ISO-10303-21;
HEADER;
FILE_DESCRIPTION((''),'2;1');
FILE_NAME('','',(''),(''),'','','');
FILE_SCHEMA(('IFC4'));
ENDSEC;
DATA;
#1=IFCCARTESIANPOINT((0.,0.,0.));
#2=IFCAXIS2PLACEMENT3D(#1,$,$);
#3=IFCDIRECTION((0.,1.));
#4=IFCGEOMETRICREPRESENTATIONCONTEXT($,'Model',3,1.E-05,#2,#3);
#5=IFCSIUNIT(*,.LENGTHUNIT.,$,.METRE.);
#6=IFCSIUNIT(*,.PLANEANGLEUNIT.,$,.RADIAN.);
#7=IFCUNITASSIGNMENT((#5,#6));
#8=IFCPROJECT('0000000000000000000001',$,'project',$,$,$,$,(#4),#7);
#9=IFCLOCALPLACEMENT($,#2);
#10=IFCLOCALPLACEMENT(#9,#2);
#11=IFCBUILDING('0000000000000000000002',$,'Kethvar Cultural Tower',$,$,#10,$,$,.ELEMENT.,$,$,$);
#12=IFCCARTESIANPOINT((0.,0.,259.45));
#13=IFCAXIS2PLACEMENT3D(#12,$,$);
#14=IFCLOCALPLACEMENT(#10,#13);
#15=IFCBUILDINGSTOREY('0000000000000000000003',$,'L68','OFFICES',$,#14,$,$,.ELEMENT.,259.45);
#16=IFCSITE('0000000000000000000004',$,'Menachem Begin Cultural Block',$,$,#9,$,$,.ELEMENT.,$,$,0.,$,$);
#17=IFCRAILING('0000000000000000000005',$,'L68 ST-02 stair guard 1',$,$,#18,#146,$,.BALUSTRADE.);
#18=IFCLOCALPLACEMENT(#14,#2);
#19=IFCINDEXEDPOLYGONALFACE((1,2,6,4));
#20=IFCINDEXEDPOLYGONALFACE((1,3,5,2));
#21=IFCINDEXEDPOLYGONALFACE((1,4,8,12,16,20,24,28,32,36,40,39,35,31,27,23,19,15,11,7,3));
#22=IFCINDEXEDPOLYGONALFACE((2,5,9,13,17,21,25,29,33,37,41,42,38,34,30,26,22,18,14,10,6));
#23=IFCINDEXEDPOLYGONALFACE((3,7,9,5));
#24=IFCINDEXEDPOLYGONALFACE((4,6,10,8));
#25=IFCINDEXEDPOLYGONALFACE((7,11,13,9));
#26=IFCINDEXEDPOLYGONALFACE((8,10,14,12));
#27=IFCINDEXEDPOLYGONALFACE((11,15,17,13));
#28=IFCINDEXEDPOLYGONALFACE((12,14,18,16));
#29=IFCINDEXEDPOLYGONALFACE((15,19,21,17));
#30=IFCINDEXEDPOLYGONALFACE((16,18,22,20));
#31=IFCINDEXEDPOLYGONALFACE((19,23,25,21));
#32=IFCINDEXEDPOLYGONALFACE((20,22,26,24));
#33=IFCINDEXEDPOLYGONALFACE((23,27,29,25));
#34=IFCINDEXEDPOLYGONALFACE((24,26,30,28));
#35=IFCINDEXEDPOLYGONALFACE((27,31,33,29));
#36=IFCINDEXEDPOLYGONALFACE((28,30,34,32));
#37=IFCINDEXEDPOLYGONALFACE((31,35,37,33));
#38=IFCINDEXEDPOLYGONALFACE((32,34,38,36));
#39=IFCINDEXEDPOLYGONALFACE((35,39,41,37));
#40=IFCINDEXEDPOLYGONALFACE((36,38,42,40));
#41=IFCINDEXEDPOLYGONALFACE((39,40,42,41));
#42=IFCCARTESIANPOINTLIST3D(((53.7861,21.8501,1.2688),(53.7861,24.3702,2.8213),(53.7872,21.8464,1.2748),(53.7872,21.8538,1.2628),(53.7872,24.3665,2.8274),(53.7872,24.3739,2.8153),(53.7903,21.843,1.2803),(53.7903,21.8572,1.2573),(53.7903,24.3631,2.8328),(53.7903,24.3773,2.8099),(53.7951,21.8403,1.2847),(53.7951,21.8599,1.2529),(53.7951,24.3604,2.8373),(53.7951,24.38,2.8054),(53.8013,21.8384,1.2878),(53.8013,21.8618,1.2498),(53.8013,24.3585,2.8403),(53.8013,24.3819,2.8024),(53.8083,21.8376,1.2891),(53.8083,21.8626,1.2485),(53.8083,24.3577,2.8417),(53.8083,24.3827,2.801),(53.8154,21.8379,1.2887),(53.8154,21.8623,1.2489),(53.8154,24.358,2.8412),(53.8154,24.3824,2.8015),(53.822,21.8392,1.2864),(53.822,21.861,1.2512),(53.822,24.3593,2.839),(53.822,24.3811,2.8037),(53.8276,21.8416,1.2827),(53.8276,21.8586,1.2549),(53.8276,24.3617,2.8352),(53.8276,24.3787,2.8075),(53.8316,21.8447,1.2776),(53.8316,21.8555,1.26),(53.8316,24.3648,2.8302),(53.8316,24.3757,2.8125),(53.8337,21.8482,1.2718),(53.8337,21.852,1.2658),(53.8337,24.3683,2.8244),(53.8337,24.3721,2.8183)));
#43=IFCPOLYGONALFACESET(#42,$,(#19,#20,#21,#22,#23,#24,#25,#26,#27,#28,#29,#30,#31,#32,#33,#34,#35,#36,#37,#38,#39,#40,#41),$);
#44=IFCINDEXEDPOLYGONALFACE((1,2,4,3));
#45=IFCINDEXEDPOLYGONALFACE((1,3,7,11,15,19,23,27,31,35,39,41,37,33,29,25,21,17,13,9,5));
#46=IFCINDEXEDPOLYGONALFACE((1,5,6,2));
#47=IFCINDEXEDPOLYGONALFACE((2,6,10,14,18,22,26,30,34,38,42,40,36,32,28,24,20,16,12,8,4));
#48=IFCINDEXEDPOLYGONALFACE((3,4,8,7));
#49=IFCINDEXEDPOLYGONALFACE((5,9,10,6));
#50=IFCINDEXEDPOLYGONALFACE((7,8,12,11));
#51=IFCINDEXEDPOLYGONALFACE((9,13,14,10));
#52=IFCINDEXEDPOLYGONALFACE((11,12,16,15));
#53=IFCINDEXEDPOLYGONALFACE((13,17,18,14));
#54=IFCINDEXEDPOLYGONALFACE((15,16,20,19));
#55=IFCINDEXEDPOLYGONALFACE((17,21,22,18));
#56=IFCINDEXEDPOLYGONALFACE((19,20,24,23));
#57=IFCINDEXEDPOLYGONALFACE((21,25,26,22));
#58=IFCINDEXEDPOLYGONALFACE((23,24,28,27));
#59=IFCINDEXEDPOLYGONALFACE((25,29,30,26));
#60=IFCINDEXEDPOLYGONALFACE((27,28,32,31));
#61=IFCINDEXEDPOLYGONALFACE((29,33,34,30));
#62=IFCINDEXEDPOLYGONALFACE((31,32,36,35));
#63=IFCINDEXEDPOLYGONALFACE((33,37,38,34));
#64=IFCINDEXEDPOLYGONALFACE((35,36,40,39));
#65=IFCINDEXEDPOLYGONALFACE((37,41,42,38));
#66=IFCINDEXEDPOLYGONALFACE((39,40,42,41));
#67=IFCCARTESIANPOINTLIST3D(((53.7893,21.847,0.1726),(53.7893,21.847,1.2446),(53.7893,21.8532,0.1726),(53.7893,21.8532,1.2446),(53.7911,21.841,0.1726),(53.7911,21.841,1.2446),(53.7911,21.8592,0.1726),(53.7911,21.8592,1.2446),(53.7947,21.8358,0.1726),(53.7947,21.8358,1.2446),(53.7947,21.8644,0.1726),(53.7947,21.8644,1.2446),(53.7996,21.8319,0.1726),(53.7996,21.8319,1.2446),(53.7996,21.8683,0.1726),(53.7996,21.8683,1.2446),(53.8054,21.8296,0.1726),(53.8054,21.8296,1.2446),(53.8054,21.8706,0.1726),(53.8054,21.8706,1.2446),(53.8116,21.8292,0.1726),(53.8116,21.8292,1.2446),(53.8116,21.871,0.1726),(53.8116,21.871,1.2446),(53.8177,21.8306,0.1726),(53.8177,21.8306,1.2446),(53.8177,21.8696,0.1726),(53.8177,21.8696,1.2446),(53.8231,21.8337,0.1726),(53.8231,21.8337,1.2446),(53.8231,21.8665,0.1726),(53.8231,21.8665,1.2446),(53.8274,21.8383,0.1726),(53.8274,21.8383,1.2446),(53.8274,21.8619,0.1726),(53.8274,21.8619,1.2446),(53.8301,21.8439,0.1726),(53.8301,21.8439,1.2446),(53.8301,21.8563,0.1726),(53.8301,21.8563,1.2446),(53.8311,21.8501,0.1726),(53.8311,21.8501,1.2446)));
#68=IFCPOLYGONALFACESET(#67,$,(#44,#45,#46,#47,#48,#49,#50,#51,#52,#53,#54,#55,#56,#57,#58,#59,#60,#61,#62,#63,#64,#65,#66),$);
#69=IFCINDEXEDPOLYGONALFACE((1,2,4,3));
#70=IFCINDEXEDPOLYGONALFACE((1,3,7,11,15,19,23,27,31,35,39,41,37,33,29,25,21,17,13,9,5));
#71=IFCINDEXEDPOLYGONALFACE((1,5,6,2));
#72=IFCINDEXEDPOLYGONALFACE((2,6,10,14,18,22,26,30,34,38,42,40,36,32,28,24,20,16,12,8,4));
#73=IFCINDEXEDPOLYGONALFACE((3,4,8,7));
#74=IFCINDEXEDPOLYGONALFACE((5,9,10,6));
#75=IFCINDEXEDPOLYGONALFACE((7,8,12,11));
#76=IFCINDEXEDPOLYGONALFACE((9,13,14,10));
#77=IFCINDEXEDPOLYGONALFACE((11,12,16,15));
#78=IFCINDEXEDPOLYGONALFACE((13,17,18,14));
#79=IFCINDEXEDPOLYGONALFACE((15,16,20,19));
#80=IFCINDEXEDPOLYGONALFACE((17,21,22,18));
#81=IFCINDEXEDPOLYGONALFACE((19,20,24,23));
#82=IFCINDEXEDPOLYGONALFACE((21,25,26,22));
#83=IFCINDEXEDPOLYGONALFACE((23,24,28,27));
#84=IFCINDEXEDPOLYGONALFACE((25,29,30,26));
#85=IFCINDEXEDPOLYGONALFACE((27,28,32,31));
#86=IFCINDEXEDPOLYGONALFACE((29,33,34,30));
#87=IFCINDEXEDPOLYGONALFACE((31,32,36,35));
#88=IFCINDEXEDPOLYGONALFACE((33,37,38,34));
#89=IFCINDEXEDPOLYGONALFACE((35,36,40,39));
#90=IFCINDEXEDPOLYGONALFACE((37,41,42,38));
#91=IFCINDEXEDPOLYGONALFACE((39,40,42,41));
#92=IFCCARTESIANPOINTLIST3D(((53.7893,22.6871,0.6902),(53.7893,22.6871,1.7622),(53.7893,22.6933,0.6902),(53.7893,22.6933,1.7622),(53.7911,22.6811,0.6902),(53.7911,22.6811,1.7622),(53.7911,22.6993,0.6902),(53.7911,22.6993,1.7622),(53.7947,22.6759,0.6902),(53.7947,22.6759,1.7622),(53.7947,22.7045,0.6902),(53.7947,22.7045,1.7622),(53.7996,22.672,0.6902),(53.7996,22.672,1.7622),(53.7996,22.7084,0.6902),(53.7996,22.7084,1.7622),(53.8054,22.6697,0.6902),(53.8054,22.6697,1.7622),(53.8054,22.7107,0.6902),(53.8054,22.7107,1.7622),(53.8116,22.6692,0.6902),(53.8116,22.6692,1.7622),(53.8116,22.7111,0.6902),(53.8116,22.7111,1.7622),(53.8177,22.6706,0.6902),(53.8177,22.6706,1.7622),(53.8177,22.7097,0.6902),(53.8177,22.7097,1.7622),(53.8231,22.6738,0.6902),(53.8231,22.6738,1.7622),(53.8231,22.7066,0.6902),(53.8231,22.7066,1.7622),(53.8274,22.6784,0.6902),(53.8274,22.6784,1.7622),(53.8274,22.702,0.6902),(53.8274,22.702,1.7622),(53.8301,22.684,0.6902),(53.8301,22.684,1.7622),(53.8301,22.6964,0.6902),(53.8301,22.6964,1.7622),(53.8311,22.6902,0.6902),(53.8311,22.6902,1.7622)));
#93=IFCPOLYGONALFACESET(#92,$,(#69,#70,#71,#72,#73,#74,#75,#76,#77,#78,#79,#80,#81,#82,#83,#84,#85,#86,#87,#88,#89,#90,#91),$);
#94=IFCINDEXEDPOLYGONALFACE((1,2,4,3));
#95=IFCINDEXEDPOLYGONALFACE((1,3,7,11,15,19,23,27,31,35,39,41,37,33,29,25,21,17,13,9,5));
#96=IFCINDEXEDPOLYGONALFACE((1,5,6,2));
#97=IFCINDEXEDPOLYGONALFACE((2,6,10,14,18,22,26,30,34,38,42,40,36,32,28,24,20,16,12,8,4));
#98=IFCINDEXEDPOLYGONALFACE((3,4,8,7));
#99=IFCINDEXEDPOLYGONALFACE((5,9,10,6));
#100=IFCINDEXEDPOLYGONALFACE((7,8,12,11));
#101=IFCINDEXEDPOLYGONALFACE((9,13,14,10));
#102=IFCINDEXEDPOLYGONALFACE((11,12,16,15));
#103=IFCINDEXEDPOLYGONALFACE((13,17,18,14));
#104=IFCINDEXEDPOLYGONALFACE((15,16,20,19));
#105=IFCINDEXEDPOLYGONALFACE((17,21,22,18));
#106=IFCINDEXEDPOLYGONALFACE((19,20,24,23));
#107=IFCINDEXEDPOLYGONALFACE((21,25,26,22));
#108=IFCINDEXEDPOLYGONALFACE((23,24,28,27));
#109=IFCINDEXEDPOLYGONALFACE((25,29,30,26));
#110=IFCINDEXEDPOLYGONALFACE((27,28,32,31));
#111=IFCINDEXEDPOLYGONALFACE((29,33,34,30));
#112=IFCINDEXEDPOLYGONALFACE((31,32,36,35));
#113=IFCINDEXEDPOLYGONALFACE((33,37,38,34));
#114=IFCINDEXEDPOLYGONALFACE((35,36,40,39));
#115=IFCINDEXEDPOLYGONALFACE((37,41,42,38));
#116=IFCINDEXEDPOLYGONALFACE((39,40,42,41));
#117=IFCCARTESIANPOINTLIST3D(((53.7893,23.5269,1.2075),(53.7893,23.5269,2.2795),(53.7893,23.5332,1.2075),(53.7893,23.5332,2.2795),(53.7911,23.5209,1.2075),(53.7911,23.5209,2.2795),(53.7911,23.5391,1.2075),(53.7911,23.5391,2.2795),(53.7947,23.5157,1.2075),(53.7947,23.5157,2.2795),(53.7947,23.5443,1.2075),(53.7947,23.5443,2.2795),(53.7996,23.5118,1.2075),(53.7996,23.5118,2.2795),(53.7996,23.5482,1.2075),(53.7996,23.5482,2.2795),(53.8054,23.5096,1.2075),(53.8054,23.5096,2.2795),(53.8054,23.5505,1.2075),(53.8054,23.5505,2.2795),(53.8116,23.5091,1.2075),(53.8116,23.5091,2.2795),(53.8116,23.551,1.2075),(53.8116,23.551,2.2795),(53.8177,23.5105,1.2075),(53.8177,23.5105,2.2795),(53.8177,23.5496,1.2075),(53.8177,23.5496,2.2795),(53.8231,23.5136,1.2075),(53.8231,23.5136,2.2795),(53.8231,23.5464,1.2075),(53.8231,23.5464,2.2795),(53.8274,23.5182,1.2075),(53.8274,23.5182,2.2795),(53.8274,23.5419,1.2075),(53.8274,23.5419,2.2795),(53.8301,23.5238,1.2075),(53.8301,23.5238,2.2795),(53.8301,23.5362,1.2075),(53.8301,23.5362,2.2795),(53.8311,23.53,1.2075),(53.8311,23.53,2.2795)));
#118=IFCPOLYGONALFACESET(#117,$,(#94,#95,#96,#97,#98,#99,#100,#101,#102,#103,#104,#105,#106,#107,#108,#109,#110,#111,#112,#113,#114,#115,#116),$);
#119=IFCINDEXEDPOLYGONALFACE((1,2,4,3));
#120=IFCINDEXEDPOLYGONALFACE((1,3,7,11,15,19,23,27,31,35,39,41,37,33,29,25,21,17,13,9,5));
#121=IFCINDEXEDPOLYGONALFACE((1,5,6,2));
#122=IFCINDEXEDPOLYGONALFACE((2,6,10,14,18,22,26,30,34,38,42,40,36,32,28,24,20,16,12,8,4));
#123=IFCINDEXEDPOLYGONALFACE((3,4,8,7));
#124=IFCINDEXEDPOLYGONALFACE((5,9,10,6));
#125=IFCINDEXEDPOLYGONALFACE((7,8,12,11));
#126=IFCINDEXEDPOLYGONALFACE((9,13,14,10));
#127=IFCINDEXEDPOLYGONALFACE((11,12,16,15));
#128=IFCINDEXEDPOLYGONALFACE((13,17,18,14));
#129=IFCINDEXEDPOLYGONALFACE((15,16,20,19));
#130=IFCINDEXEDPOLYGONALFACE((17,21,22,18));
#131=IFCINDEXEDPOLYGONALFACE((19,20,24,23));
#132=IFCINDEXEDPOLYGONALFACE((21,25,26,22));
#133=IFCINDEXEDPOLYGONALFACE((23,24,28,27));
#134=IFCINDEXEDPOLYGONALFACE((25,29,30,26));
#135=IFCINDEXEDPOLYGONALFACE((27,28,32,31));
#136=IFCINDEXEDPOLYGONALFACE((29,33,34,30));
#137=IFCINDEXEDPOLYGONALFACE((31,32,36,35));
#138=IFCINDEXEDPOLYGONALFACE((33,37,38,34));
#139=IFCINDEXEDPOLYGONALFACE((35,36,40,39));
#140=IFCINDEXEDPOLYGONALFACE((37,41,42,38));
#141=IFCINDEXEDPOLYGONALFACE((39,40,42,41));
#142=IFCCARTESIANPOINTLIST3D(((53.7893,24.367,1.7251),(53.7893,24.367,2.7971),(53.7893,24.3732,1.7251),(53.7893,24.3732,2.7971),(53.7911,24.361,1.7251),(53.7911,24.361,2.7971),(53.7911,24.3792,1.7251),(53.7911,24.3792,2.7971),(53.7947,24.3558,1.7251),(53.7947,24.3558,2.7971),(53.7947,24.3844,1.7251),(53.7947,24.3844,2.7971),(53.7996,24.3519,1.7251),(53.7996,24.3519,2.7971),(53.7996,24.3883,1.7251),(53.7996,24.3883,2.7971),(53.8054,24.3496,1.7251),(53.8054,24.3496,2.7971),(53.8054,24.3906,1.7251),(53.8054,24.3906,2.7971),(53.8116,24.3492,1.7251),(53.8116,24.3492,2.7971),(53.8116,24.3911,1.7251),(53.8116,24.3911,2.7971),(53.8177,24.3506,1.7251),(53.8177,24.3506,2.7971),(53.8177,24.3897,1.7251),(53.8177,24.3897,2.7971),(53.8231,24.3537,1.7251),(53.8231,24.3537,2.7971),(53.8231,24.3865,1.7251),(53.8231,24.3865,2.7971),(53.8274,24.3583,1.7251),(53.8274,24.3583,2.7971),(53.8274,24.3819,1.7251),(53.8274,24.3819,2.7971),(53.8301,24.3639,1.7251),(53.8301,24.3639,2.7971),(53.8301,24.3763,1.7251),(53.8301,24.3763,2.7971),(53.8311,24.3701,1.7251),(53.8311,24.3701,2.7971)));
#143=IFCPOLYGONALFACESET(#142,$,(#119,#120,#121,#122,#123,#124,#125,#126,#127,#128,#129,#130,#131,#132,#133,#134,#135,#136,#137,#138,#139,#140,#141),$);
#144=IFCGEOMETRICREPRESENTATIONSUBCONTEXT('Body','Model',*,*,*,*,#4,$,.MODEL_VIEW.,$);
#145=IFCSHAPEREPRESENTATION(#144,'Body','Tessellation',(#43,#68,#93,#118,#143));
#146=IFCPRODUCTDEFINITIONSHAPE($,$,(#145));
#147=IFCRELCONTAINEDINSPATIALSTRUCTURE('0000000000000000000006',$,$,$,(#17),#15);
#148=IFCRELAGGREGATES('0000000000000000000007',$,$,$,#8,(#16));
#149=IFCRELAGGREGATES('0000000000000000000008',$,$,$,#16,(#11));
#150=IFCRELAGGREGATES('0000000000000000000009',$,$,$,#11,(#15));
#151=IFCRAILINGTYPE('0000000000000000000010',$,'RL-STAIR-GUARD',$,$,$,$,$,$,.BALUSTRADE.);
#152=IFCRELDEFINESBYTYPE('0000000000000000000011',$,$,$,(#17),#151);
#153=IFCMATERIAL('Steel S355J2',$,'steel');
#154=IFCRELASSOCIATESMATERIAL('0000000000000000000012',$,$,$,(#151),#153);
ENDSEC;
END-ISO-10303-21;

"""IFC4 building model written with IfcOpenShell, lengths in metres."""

from ifc_helpers import new_model, si_unit, direction, frame, origin, origin_2d, place, context, subcontext, project, spatial, circle, extrude, material, type_object, element, save


model = new_model("IFC4")

# Units and contexts
model_context = context("Model", 3, precision=1e-05, world=origin(), true_north=direction((0.0, 1.0)))
body_context = subcontext(model_context, "Body", "Model", "MODEL_VIEW")
ifc_project = project(units=[si_unit("LENGTHUNIT", "METRE"), si_unit("PLANEANGLEUNIT", "RADIAN")], contexts=[model_context])

# Site, building, storey
site_placement = place(None, origin())
site = spatial("IfcSite", under=ifc_project, at=site_placement, Name="Menachem Begin Cultural Block", CompositionType="ELEMENT", RefElevation=0.0)
building_placement = place(site_placement, origin())
building = spatial("IfcBuilding", under=site, at=building_placement, Name="Kethvar Cultural Tower", CompositionType="ELEMENT")
storey_placement = place(building_placement, frame((0.0, 0.0, 259.45)))
storey = spatial("IfcBuildingStorey", under=building, at=storey_placement, Name="L68", Description="OFFICES", CompositionType="ELEMENT", Elevation=259.45)

# Shared definitions
ifc_material_1 = material(Name="Steel S355J2", Category="steel")

# Railing
railing_type_1 = type_object("IfcRailingType", Name="RL-STAIR-GUARD", PredefinedType="BALUSTRADE", material=ifc_material_1)
railing_1_placement = place(storey_placement, frame((53.8101, 21.8501, 0.1726)))
element("IfcRailing", 1, at=railing_1_placement, inside=storey, type_object=railing_type_1, Name="L68 ST-02 stair guard 1", PredefinedType="BALUSTRADE", context=body_context, shape_type="SweptSolid", body=[
    extrude(circle(Radius=0.0239, at=origin_2d()), frame((0.0, 0.0, 1.0962), z_axis=(0.0, 0.8514, 0.524516), x_axis=(-1.0, 0.0, 0.0)), (0.0, 0.0, 1.0), 2.96),
    extrude(circle(Radius=0.021, at=origin_2d()), origin(), (0.0, 0.0, 1.0), 1.072),
    extrude(circle(Radius=0.021, at=origin_2d()), frame((0.0, 0.8401, 0.5176)), (0.0, 0.0, 1.0), 1.072),
    extrude(circle(Radius=0.021, at=origin_2d()), frame((0.0, 1.6799, 1.0349)), (0.0, 0.0, 1.0), 1.072),
    extrude(circle(Radius=0.021, at=origin_2d()), frame((0.0, 2.52, 1.5525)), (0.0, 0.0, 1.0), 1.072),
])

save(model, "model.ifc")
